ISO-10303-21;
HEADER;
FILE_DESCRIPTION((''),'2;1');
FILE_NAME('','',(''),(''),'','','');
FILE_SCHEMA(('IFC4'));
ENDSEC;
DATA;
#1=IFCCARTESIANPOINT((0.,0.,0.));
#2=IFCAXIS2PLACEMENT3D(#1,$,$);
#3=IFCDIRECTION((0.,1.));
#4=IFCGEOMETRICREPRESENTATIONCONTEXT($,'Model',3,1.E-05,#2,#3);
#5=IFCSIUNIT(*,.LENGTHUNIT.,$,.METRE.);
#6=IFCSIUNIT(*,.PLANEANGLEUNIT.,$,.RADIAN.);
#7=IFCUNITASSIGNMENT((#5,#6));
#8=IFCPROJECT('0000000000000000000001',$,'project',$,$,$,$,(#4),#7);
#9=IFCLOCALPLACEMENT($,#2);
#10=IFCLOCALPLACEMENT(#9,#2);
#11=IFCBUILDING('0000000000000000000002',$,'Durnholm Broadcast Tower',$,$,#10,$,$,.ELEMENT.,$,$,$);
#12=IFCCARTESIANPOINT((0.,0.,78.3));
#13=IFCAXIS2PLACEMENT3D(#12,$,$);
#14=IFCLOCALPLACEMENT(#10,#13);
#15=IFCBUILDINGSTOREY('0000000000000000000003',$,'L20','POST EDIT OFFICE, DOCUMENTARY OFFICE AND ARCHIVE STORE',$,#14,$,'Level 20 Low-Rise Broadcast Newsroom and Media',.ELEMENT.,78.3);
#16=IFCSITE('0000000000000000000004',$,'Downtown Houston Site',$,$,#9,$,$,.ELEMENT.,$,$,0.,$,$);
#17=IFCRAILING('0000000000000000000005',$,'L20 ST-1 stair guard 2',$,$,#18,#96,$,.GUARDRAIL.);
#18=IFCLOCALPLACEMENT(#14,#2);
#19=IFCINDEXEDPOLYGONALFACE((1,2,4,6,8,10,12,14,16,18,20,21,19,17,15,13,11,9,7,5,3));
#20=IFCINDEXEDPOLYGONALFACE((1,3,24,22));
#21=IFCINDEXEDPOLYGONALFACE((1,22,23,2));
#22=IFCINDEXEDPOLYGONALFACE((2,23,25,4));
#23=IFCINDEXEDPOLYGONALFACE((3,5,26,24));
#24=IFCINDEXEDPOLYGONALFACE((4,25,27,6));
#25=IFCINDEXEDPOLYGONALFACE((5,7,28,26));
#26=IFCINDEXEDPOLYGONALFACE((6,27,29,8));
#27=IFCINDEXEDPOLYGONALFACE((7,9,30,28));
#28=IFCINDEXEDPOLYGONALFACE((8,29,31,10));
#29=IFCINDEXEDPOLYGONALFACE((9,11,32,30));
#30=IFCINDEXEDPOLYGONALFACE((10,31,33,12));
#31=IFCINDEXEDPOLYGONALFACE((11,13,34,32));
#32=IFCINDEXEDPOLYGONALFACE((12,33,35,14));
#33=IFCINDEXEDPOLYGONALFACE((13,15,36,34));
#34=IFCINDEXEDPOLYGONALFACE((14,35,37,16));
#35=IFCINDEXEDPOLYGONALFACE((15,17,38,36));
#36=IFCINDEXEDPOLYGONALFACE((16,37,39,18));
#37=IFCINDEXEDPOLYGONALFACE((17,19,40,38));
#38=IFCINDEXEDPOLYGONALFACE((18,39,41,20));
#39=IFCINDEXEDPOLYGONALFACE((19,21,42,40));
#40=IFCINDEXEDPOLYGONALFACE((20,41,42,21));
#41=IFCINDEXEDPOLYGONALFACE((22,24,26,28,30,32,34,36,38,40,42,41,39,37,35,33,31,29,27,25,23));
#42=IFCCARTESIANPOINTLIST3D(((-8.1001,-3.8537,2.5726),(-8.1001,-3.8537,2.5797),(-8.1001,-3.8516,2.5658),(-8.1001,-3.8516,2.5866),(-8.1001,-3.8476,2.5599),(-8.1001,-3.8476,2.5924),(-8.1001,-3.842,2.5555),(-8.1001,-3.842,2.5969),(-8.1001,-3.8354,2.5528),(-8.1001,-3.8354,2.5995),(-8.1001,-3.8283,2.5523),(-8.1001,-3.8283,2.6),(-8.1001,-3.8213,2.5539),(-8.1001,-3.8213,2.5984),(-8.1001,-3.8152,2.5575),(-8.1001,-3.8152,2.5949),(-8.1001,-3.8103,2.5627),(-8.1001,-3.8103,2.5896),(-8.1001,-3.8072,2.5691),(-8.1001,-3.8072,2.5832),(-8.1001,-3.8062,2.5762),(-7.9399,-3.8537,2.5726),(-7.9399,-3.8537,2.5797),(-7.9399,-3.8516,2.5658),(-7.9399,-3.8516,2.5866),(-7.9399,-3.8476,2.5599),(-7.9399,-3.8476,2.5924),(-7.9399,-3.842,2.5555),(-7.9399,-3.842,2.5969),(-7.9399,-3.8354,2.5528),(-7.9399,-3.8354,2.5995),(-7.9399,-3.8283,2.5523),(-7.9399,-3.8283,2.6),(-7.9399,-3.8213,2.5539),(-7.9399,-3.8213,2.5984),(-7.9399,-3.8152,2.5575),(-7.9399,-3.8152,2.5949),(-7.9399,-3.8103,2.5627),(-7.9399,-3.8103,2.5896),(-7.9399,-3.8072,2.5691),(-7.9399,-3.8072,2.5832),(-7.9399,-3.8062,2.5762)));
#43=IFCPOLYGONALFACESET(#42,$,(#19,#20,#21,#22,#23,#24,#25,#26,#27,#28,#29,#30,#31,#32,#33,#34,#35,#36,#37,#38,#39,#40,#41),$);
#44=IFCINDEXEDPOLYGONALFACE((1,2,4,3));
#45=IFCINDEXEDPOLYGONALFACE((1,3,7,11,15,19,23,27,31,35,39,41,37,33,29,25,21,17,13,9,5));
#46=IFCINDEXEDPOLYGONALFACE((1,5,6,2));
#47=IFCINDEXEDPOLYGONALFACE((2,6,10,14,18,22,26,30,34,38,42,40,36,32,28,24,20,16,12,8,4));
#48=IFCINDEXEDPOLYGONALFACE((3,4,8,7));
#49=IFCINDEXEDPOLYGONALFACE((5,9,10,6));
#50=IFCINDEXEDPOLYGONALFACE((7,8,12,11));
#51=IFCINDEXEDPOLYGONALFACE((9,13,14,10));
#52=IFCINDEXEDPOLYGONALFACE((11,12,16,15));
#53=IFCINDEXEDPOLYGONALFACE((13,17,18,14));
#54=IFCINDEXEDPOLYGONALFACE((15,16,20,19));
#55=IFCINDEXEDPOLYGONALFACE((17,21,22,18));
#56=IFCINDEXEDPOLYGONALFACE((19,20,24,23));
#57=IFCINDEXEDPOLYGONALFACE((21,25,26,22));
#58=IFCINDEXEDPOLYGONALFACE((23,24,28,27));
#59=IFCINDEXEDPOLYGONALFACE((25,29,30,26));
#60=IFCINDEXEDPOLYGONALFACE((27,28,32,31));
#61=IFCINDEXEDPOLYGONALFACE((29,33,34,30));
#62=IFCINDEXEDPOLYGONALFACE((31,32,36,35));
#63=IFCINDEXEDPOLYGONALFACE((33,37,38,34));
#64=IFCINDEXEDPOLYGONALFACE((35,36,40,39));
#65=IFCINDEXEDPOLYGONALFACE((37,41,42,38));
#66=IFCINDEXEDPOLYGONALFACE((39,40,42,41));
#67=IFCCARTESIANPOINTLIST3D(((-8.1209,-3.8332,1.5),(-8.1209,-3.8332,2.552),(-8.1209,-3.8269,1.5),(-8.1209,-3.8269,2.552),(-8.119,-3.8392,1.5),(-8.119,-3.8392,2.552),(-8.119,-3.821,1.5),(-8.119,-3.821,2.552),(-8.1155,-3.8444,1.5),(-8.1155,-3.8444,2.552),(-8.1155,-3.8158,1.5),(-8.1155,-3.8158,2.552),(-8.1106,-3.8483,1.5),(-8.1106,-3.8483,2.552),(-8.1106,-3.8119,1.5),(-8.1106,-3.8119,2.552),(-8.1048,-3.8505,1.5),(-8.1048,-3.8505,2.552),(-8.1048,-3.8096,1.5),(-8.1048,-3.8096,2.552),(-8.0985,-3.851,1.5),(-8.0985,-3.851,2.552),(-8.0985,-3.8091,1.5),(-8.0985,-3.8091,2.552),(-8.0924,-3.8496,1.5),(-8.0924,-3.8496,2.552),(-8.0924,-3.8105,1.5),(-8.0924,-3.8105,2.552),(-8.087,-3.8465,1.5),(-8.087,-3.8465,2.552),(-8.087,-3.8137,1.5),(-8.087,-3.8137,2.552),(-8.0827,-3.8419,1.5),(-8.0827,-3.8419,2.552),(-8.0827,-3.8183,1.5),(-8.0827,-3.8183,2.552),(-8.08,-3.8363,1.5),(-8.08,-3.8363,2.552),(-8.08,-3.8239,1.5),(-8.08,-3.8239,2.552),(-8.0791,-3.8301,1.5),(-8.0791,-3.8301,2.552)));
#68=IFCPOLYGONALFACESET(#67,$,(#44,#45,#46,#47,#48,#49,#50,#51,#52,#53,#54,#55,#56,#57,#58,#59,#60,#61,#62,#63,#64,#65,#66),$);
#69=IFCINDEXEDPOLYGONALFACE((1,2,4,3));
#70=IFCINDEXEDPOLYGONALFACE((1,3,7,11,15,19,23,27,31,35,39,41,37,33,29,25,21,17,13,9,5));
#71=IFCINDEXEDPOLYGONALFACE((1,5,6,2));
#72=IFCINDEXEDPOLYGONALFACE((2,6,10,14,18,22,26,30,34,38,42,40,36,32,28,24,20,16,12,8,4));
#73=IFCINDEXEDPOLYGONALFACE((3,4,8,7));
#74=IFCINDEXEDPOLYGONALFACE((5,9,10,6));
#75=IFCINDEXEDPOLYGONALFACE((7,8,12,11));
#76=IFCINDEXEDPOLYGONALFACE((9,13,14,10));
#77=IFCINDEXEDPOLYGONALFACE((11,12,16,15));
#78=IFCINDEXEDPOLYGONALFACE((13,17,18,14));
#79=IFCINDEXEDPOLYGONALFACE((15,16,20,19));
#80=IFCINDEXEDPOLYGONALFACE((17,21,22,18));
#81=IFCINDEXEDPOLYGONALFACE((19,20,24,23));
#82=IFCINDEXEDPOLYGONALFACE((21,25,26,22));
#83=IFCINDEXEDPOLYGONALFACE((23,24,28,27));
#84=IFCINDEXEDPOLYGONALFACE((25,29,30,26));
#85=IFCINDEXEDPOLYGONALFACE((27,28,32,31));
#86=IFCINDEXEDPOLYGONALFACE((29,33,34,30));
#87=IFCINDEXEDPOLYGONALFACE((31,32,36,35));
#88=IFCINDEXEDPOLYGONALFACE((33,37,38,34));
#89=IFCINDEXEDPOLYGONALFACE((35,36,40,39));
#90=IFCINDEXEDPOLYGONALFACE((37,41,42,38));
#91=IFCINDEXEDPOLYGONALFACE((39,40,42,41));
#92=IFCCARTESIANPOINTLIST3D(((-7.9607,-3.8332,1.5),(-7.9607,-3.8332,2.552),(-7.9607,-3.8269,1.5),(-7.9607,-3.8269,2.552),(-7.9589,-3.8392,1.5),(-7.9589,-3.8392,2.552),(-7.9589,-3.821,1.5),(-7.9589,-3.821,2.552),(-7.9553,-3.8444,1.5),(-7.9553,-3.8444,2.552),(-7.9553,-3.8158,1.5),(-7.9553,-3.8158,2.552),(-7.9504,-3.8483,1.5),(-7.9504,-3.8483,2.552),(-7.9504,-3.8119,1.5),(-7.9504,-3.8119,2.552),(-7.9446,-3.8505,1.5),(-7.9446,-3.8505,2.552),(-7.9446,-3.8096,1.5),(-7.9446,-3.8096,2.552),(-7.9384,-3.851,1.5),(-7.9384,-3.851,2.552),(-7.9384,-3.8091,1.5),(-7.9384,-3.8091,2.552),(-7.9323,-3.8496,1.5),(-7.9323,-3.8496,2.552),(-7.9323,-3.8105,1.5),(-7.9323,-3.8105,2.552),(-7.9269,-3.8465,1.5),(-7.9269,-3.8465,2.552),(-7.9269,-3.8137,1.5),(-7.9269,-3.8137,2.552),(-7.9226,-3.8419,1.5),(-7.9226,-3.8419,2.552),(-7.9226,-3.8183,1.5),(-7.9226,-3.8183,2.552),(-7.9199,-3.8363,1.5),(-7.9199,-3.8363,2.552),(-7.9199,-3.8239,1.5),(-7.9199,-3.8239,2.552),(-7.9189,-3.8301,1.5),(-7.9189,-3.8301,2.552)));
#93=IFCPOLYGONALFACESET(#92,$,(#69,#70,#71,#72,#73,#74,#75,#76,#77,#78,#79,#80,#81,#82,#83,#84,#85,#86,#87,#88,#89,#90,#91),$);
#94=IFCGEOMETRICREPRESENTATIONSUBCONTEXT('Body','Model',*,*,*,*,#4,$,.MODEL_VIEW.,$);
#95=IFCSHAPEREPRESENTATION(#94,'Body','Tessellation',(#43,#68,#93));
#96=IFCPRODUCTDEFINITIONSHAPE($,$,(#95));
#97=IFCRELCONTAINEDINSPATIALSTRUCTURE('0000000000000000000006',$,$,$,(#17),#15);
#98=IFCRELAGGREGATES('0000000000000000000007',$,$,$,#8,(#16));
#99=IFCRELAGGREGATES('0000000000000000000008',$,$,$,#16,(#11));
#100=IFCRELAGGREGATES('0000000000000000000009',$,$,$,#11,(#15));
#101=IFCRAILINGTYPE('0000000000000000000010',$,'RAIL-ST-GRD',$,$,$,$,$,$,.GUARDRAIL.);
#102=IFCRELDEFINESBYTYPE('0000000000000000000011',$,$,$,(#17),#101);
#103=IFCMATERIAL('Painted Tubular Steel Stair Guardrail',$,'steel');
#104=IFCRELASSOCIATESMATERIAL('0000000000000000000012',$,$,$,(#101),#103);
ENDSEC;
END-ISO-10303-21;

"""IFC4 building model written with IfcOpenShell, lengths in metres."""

from ifc_helpers import new_model, si_unit, direction, frame, origin, origin_2d, place, context, subcontext, project, spatial, circle, extrude, material, type_object, element, save


model = new_model("IFC4")

# Units and contexts
model_context = context("Model", 3, precision=1e-05, world=origin(), true_north=direction((0.0, 1.0)))
body_context = subcontext(model_context, "Body", "Model", "MODEL_VIEW")
ifc_project = project(units=[si_unit("LENGTHUNIT", "METRE"), si_unit("PLANEANGLEUNIT", "RADIAN")], contexts=[model_context])

# Site, building, storey
site_placement = place(None, origin())
site = spatial("IfcSite", under=ifc_project, at=site_placement, Name="Downtown Houston Site", CompositionType="ELEMENT", RefElevation=0.0)
building_placement = place(site_placement, origin())
building = spatial("IfcBuilding", under=site, at=building_placement, Name="Durnholm Broadcast Tower", CompositionType="ELEMENT")
storey_placement = place(building_placement, frame((0.0, 0.0, 78.3)))
storey = spatial("IfcBuildingStorey", under=building, at=storey_placement, Name="L20", Description="POST EDIT OFFICE, DOCUMENTARY OFFICE AND ARCHIVE STORE", LongName="Level 20 Low-Rise Broadcast Newsroom and Media", CompositionType="ELEMENT", Elevation=78.3)

# Railing
ifc_material_1 = material(Name="Painted Tubular Steel Stair Guardrail", Category="steel")
railing_type_1 = type_object("IfcRailingType", Name="RAIL-ST-GRD", PredefinedType="GUARDRAIL", material=ifc_material_1)
railing_1_placement = place(storey_placement, frame((-8.1001, -3.8301, 1.5)))
element("IfcRailing", 1, at=railing_1_placement, inside=storey, type_object=railing_type_1, Name="L20 ST-1 stair guard 2", PredefinedType="GUARDRAIL", context=body_context, shape_type="SweptSolid", body=[
    extrude(circle(Radius=0.0239, at=origin_2d()), frame((0.0, 0.0, 1.0762), z_axis=(1.0, 0.0, 0.0), x_axis=(0.0, 1.0, 0.0)), (0.0, 0.0, 1.0), 0.1602),
    extrude(circle(Radius=0.021, at=origin_2d()), origin(), (0.0, 0.0, 1.0), 1.052),
    extrude(circle(Radius=0.021, at=origin_2d()), frame((0.1602, 0.0, 0.0)), (0.0, 0.0, 1.0), 1.052),
])

save(model, "model.ifc")
